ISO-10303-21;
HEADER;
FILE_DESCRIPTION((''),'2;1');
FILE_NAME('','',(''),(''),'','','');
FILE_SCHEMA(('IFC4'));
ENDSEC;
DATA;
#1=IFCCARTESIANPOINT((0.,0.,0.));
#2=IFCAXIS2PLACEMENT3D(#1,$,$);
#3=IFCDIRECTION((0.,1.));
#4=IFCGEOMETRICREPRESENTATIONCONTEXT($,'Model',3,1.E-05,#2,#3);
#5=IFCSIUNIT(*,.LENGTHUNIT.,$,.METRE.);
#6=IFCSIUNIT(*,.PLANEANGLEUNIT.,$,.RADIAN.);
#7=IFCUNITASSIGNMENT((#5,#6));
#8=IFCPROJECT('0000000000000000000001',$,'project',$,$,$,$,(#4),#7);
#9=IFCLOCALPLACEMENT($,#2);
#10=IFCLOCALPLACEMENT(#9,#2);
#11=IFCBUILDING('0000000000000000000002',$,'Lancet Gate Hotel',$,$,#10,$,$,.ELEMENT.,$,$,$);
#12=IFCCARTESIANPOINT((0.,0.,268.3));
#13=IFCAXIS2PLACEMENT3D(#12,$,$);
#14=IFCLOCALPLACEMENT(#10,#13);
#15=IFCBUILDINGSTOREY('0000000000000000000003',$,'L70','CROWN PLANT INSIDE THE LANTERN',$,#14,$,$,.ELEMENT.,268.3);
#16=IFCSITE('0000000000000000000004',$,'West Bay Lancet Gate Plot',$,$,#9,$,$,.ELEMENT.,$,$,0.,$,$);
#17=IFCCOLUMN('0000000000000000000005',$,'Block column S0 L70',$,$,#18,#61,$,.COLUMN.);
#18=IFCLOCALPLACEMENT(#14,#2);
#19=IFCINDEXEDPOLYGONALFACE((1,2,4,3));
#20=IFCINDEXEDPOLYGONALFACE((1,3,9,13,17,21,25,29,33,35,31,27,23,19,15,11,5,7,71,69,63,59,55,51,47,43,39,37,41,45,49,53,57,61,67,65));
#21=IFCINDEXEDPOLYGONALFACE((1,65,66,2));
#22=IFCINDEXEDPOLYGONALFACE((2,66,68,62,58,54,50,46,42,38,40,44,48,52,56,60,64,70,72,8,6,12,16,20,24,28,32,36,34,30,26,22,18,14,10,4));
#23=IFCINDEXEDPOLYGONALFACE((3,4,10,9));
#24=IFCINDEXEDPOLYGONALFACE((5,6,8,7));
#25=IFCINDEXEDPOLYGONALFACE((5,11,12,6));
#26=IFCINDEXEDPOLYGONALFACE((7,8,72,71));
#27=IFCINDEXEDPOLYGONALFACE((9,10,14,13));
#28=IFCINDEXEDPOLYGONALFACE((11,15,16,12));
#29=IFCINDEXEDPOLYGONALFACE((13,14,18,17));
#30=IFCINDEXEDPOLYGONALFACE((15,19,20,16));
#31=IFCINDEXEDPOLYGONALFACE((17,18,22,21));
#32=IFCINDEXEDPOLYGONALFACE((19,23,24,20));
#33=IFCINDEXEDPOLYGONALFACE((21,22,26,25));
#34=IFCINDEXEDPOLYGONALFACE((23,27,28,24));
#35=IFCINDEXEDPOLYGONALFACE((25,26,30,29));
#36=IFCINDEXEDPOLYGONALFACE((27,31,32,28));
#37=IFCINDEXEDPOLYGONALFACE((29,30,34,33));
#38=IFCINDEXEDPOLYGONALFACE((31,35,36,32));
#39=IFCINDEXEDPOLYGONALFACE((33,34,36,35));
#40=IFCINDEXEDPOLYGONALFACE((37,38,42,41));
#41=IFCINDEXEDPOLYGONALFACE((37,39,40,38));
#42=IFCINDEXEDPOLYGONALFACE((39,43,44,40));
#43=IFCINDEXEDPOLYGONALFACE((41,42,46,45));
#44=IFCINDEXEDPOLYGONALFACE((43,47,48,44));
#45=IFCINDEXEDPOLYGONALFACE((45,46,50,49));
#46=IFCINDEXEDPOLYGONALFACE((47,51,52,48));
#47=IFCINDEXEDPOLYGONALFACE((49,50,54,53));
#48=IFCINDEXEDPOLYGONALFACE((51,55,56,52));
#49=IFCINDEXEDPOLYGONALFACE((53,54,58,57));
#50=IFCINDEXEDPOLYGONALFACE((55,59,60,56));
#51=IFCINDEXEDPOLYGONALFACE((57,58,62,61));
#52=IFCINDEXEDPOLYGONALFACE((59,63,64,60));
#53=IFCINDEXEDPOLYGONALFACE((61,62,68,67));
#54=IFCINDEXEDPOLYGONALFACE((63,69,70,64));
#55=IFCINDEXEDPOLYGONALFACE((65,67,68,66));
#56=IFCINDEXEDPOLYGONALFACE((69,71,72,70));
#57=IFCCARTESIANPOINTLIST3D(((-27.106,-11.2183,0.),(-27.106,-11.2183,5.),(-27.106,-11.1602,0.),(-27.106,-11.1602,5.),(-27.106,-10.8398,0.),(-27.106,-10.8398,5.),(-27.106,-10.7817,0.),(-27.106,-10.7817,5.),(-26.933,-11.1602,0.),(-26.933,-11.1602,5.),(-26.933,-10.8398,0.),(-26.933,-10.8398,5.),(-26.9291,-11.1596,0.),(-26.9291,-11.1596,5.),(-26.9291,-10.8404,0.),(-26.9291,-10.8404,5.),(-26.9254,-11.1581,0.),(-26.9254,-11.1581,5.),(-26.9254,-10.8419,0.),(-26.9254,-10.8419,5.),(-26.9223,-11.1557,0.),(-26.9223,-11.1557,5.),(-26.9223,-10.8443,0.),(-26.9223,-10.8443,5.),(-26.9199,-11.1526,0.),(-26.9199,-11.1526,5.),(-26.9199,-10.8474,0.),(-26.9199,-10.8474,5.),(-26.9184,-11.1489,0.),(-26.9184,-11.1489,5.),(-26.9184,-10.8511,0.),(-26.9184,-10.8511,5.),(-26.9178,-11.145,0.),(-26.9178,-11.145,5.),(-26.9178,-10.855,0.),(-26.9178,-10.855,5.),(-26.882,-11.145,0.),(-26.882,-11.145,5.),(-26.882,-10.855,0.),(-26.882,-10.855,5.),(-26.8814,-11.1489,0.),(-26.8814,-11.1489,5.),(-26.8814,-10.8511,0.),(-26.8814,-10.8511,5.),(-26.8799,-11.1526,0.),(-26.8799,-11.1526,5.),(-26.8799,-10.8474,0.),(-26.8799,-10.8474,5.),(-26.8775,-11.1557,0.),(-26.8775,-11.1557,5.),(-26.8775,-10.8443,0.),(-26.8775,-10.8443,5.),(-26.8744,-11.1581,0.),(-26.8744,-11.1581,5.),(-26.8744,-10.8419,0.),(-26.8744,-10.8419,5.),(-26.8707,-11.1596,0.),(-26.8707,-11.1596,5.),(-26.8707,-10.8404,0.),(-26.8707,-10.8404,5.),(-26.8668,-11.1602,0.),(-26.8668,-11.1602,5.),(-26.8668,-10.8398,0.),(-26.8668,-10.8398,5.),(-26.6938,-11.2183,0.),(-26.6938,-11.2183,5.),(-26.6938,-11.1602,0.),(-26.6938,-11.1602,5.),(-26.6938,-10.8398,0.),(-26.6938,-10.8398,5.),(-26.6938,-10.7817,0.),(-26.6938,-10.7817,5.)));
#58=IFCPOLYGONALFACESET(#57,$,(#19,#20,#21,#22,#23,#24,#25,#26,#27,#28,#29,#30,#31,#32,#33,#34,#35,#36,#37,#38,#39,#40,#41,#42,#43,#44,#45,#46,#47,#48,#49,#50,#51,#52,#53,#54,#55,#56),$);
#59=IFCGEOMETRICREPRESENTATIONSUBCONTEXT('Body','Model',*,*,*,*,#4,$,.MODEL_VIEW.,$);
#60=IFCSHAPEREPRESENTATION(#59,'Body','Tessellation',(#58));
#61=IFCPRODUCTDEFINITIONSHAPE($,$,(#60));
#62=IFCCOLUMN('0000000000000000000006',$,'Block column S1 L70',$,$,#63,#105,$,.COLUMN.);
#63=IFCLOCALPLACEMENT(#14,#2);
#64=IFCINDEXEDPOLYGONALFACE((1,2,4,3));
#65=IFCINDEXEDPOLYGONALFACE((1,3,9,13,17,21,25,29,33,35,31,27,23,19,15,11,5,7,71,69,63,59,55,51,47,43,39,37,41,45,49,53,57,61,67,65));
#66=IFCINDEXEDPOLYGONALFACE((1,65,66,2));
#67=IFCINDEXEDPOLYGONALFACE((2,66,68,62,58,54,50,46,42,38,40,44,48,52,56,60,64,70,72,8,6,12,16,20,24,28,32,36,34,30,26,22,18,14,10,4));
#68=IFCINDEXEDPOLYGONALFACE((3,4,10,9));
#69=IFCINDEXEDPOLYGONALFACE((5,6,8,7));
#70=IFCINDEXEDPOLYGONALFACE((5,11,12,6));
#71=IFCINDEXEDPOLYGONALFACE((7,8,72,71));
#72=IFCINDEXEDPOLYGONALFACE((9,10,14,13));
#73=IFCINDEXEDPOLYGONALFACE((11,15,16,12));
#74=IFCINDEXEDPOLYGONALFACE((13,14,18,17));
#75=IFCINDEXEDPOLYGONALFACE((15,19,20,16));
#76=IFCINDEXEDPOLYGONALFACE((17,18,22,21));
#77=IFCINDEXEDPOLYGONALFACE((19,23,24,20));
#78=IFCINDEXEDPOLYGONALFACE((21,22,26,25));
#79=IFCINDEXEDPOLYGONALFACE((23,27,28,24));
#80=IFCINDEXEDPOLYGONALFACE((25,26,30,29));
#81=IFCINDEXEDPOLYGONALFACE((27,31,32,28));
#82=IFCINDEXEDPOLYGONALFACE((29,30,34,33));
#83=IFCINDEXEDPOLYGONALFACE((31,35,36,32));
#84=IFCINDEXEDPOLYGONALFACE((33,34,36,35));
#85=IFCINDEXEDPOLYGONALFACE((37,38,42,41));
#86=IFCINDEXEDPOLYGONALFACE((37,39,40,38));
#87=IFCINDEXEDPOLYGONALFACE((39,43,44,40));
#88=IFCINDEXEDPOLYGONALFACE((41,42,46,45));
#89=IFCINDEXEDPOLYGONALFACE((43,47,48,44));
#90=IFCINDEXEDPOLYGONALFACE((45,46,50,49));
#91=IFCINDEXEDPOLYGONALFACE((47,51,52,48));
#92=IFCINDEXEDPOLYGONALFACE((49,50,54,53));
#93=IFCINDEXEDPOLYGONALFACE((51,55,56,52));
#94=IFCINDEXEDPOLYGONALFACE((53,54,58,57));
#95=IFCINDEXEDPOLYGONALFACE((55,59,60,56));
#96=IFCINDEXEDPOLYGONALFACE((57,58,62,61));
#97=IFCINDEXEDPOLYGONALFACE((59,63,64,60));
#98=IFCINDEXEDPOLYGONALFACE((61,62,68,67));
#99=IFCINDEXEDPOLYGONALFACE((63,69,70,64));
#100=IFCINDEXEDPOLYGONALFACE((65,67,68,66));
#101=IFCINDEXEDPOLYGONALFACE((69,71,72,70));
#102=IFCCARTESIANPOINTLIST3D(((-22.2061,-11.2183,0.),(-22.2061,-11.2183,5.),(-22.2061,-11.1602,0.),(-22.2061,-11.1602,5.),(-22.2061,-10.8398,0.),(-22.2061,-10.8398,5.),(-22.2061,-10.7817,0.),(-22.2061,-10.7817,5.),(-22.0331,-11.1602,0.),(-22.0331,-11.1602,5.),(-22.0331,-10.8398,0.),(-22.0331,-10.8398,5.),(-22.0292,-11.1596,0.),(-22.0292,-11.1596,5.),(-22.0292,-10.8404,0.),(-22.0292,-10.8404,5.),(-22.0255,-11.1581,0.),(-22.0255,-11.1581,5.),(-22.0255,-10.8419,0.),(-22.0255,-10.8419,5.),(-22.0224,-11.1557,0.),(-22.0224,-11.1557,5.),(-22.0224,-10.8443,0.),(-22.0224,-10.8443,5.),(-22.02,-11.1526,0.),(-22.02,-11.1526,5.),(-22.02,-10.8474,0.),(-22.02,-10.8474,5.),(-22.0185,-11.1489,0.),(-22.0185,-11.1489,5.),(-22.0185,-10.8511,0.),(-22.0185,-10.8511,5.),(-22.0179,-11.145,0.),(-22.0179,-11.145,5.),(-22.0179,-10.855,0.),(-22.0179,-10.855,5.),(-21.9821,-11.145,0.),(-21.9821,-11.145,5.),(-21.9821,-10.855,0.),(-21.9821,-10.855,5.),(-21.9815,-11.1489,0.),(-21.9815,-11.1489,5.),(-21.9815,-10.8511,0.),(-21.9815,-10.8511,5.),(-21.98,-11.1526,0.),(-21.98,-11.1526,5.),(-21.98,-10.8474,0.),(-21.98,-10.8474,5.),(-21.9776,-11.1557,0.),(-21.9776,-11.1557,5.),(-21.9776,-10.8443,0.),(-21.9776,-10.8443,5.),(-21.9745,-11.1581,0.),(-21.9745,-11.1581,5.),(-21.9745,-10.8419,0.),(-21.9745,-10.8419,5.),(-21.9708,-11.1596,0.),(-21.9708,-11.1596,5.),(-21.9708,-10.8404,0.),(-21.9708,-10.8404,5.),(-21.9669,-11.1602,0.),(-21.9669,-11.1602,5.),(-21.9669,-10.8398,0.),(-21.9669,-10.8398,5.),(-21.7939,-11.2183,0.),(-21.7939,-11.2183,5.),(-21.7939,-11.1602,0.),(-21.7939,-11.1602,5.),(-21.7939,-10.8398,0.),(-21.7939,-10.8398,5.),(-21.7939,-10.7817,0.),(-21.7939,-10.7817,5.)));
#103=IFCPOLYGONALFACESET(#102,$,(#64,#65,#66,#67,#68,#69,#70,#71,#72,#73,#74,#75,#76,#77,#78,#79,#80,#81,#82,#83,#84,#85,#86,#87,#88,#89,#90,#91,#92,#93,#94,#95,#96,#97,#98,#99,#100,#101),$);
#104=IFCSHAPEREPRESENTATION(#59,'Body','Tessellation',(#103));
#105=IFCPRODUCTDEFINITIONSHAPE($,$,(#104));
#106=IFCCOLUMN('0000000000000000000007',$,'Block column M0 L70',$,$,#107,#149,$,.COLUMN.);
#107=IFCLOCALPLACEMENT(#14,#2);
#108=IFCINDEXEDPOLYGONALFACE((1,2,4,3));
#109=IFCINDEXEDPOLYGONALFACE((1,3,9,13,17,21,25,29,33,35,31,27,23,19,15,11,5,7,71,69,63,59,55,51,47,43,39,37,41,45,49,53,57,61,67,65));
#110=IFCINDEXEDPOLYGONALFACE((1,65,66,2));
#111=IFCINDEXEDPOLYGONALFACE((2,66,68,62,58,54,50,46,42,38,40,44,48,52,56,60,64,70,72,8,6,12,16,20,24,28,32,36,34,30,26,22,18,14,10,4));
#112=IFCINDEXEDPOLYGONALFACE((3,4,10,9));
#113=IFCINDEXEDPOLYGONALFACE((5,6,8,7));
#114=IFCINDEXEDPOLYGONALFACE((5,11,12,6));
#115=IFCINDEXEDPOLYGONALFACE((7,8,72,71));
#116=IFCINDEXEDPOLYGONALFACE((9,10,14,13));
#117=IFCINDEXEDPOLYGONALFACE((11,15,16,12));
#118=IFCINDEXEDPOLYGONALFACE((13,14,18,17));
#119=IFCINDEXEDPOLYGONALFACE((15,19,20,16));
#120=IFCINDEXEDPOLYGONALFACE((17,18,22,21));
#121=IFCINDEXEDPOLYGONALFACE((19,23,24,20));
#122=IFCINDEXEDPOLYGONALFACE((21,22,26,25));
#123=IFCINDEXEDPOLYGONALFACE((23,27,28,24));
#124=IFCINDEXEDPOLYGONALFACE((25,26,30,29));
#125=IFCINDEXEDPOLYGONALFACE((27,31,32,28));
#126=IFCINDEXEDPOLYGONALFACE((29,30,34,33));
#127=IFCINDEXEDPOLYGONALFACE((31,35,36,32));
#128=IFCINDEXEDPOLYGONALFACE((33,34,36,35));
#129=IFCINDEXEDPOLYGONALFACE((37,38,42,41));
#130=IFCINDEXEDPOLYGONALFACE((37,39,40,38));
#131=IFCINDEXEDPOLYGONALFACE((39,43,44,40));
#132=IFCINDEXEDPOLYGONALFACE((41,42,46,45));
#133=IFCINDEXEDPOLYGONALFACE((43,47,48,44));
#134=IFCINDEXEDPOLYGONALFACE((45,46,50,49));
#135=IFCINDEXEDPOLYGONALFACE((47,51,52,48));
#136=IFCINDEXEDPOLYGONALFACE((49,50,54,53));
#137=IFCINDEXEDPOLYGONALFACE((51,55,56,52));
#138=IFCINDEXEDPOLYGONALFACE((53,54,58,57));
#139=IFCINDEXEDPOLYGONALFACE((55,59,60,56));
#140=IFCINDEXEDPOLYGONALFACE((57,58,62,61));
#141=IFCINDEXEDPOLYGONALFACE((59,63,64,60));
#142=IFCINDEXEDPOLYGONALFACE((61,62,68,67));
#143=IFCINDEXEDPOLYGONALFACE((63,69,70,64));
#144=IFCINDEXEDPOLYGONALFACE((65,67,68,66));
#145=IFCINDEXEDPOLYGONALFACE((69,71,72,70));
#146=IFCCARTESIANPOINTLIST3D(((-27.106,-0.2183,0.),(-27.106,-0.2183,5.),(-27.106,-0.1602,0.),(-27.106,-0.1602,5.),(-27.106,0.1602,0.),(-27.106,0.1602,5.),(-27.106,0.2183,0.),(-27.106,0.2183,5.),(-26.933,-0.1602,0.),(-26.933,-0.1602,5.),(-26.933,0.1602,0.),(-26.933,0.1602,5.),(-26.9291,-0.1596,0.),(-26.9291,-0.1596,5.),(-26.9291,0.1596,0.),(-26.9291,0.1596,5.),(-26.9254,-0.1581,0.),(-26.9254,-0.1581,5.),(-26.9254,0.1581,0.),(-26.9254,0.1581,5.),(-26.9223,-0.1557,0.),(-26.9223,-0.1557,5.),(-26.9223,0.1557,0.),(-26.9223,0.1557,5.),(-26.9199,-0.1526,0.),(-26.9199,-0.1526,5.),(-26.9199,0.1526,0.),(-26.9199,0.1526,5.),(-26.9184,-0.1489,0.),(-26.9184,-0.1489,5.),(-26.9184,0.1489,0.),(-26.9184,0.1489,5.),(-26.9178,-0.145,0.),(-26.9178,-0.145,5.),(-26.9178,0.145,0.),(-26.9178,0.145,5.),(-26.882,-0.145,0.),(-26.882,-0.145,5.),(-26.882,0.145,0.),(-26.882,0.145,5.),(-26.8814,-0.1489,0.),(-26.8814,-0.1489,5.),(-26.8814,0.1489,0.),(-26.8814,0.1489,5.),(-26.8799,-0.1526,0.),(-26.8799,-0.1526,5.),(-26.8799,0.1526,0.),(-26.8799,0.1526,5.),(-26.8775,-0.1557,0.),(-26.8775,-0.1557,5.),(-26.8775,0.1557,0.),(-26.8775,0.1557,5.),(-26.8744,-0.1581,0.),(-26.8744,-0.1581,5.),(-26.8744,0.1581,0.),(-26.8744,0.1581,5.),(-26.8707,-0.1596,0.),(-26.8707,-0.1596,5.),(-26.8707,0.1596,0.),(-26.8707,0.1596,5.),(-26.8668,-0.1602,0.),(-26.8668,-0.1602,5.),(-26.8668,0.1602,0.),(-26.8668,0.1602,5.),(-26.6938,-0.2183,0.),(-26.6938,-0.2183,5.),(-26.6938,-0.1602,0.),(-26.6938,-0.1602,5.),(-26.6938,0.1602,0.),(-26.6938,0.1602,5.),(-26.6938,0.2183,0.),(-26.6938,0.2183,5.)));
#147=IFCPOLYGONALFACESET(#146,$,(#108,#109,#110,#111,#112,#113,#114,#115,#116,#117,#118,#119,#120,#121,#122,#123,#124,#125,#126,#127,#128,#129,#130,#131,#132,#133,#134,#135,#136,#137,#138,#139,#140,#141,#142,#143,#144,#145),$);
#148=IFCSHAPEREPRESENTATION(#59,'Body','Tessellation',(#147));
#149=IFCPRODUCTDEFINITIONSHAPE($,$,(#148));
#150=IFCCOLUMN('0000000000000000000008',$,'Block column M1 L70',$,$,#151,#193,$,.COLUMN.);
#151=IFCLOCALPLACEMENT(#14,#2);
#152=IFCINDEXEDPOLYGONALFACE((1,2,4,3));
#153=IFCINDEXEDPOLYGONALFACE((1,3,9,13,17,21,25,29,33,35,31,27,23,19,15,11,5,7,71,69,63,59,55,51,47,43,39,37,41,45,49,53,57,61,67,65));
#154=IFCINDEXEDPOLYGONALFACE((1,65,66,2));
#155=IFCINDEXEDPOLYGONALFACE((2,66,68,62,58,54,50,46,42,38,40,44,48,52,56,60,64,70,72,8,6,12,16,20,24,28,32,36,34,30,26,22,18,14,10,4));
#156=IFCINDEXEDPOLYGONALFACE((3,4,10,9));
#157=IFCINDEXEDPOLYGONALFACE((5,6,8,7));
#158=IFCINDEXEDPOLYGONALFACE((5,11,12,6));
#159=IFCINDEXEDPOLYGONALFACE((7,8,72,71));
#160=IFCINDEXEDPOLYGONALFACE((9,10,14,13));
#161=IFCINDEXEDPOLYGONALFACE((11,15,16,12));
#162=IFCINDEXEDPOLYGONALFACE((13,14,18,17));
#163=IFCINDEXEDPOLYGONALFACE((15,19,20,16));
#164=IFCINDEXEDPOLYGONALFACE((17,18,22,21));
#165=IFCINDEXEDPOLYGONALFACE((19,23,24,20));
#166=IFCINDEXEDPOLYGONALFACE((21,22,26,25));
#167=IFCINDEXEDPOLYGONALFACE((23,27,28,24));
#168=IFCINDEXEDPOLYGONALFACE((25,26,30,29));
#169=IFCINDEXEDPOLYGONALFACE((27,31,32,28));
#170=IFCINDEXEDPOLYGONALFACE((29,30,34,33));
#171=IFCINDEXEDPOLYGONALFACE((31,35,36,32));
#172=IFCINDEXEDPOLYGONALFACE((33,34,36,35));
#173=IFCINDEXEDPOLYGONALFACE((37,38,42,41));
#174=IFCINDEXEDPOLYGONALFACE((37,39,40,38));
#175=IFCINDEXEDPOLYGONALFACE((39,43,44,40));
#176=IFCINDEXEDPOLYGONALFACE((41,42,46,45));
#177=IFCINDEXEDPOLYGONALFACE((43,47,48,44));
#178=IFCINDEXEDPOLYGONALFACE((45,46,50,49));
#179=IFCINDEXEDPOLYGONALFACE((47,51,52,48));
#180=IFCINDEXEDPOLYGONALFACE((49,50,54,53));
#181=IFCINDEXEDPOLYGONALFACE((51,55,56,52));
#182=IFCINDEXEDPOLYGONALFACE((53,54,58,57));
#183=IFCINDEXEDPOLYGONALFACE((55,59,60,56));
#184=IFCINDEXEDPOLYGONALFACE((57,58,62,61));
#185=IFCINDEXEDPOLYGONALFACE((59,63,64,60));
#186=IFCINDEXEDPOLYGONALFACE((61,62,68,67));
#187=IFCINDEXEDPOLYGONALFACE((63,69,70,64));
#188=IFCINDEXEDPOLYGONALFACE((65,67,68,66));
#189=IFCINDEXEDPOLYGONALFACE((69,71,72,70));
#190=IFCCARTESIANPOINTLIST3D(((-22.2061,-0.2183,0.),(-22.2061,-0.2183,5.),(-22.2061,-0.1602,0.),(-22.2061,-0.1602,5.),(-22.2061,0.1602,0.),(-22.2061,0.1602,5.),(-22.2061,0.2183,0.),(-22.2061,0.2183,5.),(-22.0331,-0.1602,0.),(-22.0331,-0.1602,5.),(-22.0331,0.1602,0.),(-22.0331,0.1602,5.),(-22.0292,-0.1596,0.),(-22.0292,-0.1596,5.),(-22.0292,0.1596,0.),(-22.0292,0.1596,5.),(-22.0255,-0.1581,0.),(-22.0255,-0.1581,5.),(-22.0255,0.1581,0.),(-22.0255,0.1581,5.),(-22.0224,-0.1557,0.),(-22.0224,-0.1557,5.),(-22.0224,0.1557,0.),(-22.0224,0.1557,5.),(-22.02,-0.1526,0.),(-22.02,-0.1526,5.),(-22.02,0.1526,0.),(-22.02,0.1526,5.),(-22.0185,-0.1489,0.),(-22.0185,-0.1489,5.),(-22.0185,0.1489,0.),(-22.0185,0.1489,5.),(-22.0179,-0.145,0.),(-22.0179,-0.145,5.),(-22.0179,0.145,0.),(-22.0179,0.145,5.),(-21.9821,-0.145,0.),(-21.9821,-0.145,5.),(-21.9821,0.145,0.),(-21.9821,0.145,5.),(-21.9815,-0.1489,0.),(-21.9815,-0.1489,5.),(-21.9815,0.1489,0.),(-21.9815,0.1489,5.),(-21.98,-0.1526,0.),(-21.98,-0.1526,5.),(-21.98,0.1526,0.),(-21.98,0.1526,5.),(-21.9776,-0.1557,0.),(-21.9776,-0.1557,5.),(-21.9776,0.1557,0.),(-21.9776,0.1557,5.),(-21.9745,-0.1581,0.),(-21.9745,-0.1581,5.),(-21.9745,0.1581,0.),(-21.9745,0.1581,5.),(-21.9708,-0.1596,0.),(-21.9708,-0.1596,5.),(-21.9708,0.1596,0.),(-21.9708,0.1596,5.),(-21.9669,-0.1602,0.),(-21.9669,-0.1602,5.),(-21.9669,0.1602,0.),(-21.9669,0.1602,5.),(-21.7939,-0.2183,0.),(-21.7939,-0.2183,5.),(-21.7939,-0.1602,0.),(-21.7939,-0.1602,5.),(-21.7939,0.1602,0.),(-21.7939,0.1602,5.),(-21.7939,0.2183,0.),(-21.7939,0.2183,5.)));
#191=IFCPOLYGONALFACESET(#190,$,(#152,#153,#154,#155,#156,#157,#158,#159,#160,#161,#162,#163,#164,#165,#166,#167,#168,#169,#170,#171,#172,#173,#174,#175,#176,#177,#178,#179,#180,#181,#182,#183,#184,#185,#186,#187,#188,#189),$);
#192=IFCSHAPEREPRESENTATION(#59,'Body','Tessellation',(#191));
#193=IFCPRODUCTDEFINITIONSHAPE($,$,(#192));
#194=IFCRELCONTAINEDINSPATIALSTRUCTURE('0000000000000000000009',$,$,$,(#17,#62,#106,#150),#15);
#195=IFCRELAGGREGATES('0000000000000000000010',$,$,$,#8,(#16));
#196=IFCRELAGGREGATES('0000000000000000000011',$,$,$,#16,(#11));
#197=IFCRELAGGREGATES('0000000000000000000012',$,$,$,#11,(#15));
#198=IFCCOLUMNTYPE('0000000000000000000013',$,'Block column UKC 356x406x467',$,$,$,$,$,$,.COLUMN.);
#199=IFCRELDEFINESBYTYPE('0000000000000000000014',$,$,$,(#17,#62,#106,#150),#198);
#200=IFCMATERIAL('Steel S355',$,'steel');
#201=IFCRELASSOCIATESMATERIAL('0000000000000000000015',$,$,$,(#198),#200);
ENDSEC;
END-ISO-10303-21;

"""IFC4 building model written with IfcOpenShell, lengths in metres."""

from ifc_helpers import new_model, si_unit, direction, frame, origin, origin_2d, place, context, subcontext, project, spatial, i_section, extrude, material, material_profile, profile_set, type_object, element, save


model = new_model("IFC4")

# Units and contexts
model_context = context("Model", 3, precision=1e-05, world=origin(), true_north=direction((0.0, 1.0)))
body_context = subcontext(model_context, "Body", "Model", "MODEL_VIEW")
ifc_project = project(units=[si_unit("LENGTHUNIT", "METRE"), si_unit("PLANEANGLEUNIT", "RADIAN")], contexts=[model_context])

# Site, building, storey
site_placement = place(None, origin())
site = spatial("IfcSite", under=ifc_project, at=site_placement, Name="West Bay Lancet Gate Plot", CompositionType="ELEMENT", RefElevation=0.0)
building_placement = place(site_placement, origin())
building = spatial("IfcBuilding", under=site, at=building_placement, Name="Lancet Gate Hotel", CompositionType="ELEMENT")
storey_placement = place(building_placement, frame((0.0, 0.0, 268.3)))
storey = spatial("IfcBuildingStorey", under=building, at=storey_placement, Name="L70", Description="CROWN PLANT INSIDE THE LANTERN", CompositionType="ELEMENT", Elevation=268.3)

# Columns
ifc_material_1 = material(Name="Steel S355", Category="steel")
ifc_material_profile_1 = material_profile(ifc_material_1, i_section(OverallWidth=0.4121, OverallDepth=0.4365, WebThickness=0.0359, FlangeThickness=0.0581, FilletRadius=0.0151, at=origin_2d()), Name="UKC 356x406x467")
ifc_profile_set_1 = profile_set([ifc_material_profile_1], Name="Steel S355")
column_type_1 = type_object("IfcColumnType", Name="Block column UKC 356x406x467", PredefinedType="COLUMN", material=ifc_profile_set_1)
for number, where, z_axis, x_axis, name in (
    (1, (-26.8999, -11.0, 0.0), (0.0, 0.0, 1.0), (1.0, 0.0, 0.0), "Block column S0 L70"),
    (2, (-22.0, -11.0, 0.0), (0.0, 0.0, 1.0), (1.0, 0.0, 0.0), "Block column S1 L70"),
    (3, (-26.8999, 0.0, 0.0), (0.0, 0.0, 1.0), (1.0, 0.0, 0.0), "Block column M0 L70"),
    (4, (-22.0, 0.0, 0.0), (0.0, 0.0, 1.0), (1.0, 0.0, 0.0), "Block column M1 L70"),
):
    element("IfcColumn", number, at=place(storey_placement, frame(where, z_axis=z_axis, x_axis=x_axis)), inside=storey, type_object=column_type_1, Name=name, PredefinedType="COLUMN", context=body_context, shape_type="SweptSolid", body=[
        extrude(i_section(OverallWidth=0.4121, OverallDepth=0.4365, WebThickness=0.0359, FlangeThickness=0.0581, FilletRadius=0.0151, at=origin_2d()), origin(), (0.0, 0.0, 1.0), 5.0),
    ])

save(model, "model.ifc")
